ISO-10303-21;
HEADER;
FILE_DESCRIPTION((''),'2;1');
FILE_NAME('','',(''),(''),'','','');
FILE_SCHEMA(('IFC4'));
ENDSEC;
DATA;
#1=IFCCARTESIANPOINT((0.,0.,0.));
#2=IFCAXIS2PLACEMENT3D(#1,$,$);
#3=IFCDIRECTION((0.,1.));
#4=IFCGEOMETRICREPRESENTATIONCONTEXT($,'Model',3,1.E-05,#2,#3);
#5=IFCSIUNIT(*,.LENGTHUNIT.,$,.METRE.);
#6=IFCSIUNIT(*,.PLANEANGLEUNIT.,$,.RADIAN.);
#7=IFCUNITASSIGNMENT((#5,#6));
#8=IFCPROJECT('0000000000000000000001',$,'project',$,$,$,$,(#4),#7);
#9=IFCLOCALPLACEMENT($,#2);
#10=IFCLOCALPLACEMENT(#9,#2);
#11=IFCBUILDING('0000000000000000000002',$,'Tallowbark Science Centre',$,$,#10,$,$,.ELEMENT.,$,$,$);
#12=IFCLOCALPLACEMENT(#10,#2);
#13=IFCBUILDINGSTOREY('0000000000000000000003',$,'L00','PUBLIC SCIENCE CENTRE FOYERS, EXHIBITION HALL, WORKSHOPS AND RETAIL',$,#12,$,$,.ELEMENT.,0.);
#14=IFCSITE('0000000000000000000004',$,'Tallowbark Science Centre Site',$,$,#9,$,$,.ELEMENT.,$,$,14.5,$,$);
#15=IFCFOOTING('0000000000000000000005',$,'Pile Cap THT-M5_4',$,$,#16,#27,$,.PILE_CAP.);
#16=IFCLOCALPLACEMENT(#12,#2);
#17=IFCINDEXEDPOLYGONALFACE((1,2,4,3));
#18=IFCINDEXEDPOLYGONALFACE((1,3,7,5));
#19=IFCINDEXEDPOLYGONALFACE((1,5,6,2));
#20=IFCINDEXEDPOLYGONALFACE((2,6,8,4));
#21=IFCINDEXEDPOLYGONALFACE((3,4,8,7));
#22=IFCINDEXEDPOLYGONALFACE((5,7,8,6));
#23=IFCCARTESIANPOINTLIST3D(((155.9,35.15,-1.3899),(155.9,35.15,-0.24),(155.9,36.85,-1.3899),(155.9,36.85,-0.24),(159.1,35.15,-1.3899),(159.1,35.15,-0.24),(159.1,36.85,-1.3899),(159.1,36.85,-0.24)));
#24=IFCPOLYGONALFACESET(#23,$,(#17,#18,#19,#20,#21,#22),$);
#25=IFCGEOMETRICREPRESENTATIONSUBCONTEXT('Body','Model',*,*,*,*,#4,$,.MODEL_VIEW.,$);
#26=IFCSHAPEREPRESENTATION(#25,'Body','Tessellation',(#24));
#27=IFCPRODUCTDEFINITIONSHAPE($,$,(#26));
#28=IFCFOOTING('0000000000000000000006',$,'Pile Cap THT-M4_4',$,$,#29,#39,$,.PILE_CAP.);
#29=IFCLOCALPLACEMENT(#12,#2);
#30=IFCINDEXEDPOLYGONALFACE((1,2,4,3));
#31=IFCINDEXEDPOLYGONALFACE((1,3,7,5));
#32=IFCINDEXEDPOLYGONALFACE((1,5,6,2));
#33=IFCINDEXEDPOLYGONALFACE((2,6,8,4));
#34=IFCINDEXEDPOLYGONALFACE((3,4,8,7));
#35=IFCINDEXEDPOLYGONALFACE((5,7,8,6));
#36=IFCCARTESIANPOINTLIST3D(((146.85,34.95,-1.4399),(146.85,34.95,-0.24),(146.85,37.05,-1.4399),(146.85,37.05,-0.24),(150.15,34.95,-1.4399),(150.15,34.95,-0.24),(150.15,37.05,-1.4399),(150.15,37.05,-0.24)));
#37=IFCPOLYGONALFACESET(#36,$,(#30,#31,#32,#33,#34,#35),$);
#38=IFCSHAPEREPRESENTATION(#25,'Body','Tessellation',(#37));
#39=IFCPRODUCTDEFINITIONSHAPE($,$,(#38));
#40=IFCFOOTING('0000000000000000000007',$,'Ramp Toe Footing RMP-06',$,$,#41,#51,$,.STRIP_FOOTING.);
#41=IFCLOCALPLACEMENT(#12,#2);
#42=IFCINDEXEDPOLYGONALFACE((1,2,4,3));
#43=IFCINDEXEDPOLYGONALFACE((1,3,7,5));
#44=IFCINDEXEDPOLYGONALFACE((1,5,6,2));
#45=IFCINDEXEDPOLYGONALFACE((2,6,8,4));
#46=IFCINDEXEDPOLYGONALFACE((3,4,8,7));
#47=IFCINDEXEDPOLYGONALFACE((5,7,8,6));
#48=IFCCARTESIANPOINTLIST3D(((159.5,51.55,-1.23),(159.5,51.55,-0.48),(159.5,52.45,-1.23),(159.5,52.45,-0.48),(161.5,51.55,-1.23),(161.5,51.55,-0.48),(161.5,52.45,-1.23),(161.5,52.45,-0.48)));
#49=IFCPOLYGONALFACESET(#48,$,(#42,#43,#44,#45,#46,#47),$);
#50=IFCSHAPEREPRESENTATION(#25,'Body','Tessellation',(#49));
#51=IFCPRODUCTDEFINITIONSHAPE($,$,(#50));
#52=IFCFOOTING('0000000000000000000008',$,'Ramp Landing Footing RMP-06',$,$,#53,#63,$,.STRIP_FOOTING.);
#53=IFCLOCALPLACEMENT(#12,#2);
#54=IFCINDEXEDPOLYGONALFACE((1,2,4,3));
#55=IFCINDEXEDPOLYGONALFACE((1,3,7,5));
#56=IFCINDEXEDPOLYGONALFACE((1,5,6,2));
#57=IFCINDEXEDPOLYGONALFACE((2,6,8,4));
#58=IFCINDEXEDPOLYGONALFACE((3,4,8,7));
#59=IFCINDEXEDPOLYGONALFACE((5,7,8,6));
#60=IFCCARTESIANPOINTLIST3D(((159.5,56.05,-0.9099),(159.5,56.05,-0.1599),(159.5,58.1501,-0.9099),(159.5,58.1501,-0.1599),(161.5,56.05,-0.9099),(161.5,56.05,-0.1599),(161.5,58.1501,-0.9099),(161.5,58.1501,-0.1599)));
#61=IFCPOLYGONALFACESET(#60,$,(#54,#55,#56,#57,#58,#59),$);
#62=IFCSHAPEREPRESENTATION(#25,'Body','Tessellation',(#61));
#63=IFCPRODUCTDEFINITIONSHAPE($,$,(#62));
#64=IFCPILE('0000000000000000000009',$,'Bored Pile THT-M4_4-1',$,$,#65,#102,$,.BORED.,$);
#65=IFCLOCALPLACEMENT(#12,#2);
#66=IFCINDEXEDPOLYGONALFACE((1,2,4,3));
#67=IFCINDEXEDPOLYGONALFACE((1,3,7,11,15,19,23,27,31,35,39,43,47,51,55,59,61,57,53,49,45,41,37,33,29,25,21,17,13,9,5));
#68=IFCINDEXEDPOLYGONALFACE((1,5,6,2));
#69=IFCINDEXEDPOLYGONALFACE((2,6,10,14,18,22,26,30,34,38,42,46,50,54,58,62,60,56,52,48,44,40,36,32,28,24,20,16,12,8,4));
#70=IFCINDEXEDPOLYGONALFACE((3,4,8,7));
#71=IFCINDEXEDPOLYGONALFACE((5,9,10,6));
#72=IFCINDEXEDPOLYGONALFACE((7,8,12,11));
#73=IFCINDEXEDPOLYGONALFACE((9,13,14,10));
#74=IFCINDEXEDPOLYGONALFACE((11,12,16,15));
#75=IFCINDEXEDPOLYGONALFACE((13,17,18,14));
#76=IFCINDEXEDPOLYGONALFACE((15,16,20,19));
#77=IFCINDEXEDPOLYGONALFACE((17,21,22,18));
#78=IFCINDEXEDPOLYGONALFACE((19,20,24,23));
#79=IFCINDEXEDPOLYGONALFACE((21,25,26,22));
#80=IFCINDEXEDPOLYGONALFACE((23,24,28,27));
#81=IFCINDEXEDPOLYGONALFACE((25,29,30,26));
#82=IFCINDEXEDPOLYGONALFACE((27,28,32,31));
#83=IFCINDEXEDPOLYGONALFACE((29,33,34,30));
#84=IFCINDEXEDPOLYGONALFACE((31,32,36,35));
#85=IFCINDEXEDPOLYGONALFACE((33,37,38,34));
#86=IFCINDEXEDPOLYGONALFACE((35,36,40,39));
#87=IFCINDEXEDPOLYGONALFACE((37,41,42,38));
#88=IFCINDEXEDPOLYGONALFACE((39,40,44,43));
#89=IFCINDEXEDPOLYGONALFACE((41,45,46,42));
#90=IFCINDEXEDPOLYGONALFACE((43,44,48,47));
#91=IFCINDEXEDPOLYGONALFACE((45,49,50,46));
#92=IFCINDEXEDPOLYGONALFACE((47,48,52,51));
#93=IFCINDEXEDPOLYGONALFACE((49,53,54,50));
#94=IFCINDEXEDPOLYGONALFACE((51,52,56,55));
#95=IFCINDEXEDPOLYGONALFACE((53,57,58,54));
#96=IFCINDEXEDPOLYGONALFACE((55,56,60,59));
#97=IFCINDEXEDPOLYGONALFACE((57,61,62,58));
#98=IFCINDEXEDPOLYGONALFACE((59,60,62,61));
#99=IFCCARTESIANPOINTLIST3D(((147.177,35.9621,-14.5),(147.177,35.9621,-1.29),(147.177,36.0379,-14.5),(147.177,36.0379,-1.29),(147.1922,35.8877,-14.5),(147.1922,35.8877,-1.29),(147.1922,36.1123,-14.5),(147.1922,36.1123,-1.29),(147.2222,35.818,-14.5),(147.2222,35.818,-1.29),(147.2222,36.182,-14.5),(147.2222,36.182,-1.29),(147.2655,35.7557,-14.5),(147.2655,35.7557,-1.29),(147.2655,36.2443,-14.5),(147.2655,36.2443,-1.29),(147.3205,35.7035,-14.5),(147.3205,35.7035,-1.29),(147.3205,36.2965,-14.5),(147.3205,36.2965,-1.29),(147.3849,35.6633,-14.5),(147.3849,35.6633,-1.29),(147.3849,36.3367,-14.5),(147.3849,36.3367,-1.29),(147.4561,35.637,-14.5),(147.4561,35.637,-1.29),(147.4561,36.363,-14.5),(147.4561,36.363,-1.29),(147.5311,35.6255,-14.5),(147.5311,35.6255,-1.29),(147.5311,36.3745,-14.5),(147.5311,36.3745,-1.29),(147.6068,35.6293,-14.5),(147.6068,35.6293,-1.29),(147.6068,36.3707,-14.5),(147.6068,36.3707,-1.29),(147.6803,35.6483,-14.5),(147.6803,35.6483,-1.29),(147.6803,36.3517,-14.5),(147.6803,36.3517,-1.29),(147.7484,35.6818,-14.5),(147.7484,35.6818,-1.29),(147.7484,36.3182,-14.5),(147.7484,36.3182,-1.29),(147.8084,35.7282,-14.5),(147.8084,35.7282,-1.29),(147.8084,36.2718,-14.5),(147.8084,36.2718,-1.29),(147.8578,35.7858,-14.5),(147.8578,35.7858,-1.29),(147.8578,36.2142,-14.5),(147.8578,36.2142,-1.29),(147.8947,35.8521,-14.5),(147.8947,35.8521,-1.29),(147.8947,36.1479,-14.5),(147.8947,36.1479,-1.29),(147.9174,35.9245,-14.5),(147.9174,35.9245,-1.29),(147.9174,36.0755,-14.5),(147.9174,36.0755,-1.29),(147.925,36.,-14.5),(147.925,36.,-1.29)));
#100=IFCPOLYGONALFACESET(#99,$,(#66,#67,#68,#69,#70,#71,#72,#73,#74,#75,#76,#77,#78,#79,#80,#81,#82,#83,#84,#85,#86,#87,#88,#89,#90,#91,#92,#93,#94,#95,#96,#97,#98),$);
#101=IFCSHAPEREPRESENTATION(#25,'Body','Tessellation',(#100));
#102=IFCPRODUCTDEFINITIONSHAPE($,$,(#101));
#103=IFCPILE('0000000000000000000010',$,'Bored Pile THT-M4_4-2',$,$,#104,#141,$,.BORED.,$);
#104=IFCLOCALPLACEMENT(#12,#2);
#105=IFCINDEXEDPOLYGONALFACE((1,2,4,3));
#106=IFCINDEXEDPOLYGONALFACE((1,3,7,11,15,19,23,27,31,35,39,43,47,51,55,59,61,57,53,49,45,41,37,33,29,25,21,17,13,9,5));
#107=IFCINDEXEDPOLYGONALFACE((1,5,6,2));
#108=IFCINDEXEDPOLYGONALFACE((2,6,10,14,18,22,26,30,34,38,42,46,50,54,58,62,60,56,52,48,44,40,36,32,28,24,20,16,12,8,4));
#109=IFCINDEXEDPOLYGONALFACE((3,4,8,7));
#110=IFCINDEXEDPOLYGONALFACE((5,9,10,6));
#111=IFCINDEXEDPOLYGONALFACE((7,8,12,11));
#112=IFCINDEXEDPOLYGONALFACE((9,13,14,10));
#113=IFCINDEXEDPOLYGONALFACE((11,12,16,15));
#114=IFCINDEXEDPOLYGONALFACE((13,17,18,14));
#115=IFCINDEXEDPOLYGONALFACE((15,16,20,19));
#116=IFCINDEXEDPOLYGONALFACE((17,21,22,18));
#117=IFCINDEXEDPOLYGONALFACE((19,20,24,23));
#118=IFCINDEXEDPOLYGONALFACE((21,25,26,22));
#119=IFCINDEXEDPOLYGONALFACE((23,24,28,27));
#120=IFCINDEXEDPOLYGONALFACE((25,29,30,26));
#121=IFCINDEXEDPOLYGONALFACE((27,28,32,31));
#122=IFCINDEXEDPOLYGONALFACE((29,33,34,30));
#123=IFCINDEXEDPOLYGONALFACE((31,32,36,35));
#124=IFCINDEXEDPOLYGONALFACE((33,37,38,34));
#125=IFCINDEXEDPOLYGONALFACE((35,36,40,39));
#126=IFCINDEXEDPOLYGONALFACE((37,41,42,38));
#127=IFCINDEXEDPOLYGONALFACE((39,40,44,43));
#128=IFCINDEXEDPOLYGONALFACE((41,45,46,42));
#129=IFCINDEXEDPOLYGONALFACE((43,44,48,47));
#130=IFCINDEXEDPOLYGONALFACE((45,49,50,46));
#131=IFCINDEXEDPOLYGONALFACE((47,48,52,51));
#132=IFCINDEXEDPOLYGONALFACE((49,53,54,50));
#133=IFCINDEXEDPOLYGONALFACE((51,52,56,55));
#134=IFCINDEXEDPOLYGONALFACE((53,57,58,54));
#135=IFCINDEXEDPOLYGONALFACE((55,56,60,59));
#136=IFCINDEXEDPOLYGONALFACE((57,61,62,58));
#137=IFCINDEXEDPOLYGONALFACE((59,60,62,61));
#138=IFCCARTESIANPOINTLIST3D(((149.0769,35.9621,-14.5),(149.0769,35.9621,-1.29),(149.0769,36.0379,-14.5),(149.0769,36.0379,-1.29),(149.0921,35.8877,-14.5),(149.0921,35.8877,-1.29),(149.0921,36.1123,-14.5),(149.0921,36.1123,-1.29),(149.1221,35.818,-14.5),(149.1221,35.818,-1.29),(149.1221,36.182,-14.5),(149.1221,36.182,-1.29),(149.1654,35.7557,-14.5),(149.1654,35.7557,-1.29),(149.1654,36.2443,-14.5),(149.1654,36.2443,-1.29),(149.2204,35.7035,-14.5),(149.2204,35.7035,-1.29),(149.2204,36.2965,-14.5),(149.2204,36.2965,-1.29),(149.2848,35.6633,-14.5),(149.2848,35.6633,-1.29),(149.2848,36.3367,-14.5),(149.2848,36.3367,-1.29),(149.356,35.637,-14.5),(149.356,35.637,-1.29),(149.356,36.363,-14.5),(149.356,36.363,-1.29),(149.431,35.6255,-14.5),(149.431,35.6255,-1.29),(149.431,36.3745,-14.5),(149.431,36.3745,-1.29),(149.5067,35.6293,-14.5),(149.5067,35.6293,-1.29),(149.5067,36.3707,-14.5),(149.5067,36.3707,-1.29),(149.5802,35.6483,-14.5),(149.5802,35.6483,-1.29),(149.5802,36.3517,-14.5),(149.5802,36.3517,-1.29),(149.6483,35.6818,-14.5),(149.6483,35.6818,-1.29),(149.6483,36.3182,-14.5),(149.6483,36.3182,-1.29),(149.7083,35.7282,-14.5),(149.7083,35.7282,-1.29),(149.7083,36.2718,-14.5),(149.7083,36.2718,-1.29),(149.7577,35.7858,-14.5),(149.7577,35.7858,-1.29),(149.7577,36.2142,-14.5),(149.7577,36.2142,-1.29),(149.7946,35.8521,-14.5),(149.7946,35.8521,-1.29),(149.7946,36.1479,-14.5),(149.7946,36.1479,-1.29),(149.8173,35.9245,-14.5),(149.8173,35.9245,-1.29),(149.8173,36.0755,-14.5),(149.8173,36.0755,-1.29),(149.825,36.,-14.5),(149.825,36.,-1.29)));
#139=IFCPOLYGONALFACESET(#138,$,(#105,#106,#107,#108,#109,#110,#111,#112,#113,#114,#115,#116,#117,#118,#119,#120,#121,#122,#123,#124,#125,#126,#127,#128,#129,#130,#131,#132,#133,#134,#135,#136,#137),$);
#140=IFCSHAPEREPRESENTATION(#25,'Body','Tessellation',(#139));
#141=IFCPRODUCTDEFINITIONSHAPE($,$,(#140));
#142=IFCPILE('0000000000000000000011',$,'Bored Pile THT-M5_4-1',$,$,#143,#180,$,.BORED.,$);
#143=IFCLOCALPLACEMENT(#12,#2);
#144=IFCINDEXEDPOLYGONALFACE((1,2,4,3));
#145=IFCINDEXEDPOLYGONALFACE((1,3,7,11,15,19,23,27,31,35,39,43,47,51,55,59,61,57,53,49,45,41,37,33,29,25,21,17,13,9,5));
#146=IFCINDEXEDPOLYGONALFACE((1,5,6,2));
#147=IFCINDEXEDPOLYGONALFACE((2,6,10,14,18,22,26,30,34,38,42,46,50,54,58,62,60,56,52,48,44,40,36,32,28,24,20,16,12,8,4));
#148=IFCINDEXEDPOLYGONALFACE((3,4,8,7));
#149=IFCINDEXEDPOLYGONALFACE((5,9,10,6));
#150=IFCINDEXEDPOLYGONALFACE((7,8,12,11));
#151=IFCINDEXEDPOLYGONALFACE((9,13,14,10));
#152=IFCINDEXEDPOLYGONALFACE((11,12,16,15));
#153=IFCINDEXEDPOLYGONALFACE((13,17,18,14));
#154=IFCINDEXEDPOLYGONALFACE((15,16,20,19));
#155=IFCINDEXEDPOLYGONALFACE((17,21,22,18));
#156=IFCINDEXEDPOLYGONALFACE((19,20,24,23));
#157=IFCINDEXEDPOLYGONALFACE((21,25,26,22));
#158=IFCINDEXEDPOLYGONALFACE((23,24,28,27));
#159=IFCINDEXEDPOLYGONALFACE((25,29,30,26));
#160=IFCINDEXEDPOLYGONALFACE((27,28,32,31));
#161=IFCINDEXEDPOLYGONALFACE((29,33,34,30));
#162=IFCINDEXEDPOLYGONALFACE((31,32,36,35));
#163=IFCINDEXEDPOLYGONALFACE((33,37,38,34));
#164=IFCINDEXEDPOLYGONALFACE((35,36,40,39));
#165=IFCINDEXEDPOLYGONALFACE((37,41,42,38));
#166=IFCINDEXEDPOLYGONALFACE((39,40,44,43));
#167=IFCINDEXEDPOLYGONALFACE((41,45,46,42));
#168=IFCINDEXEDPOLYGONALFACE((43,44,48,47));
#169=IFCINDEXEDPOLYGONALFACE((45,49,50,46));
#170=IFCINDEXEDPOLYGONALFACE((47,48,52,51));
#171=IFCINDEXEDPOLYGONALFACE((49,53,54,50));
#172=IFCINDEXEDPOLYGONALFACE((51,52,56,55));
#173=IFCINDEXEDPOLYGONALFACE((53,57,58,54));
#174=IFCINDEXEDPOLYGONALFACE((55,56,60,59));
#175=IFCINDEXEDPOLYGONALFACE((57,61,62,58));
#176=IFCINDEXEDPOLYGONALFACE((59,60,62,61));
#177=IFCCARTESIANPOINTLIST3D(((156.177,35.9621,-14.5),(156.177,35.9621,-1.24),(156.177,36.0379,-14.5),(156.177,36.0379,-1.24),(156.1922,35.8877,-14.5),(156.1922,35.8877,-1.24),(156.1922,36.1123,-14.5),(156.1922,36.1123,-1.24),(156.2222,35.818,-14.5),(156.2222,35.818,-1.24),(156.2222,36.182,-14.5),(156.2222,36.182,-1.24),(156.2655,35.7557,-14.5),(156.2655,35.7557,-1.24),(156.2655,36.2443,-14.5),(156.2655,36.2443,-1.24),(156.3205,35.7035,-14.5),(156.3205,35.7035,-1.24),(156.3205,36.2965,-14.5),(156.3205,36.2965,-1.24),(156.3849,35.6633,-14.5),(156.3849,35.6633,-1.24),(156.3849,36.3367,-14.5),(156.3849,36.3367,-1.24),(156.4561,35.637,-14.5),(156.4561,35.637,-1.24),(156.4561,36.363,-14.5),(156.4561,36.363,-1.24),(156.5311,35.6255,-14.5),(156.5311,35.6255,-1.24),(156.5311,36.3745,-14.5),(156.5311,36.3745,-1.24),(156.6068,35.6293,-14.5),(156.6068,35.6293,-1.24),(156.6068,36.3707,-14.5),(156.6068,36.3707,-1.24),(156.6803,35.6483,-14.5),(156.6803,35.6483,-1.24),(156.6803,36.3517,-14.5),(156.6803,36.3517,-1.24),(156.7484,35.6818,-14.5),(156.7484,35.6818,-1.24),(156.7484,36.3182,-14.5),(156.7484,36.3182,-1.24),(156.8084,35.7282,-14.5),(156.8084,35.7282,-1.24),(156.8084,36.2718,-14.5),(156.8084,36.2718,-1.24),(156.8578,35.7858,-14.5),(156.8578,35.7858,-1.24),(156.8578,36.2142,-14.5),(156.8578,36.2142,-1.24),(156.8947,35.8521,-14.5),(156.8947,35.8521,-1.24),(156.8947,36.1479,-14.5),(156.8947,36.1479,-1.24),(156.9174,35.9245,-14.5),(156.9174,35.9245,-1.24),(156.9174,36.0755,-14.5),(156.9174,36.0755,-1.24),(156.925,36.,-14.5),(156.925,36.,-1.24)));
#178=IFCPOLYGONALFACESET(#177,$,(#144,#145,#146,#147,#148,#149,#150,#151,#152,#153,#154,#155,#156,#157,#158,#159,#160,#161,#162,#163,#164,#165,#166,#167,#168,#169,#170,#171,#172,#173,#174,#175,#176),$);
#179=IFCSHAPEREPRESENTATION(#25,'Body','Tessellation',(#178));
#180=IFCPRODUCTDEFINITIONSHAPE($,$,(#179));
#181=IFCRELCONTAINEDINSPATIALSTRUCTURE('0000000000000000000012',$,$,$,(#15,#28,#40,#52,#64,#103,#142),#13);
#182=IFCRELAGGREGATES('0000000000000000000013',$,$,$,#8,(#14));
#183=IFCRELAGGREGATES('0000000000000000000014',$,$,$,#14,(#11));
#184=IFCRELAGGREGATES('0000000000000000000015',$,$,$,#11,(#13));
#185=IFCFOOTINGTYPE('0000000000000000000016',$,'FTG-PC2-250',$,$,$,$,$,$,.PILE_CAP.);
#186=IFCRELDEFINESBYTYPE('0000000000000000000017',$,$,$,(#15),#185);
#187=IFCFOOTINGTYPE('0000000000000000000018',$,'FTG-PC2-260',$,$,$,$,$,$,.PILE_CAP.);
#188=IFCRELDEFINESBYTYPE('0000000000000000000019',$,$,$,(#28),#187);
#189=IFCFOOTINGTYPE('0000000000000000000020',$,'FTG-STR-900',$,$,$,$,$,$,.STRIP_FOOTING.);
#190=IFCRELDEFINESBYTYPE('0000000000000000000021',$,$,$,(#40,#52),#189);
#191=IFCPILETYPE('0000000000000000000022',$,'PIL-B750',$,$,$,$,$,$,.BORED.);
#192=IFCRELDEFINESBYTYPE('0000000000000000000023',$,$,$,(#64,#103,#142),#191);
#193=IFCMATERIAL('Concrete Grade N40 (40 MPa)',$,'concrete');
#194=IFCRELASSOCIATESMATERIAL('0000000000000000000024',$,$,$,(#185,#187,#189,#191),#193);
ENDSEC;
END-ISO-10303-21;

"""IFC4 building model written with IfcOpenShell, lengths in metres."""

from ifc_helpers import new_model, si_unit, direction, frame, origin, origin_2d, place, context, subcontext, project, spatial, rectangle, circle, extrude, material, material_profile, profile_set, type_object, element, save


model = new_model("IFC4")

# Units and contexts
model_context = context("Model", 3, precision=1e-05, world=origin(), true_north=direction((0.0, 1.0)))
body_context = subcontext(model_context, "Body", "Model", "MODEL_VIEW")
ifc_project = project(units=[si_unit("LENGTHUNIT", "METRE"), si_unit("PLANEANGLEUNIT", "RADIAN")], contexts=[model_context])

# Site, building, storey
site_placement = place(None, origin())
site = spatial("IfcSite", under=ifc_project, at=site_placement, Name="Tallowbark Science Centre Site", CompositionType="ELEMENT", RefElevation=14.5)
building_placement = place(site_placement, origin())
building = spatial("IfcBuilding", under=site, at=building_placement, Name="Tallowbark Science Centre", CompositionType="ELEMENT")
storey_placement = place(building_placement, origin())
storey = spatial("IfcBuildingStorey", under=building, at=storey_placement, Name="L00", Description="PUBLIC SCIENCE CENTRE FOYERS, EXHIBITION HALL, WORKSHOPS AND RETAIL", CompositionType="ELEMENT", Elevation=0.0)

# Footings
ifc_material_1 = material(Name="Concrete Grade N40 (40 MPa)", Category="concrete")
footing_type_1 = type_object("IfcFootingType", Name="FTG-PC2-250", PredefinedType="PILE_CAP", material=ifc_material_1)
footing_1_placement = place(storey_placement, frame((157.5, 36.0, -1.3899), z_axis=(0.0, 0.0, 1.0), x_axis=(1.0, 0.0, 0.0)))
element("IfcFooting", 1, at=footing_1_placement, inside=storey, type_object=footing_type_1, Name="Pile Cap THT-M5_4", PredefinedType="PILE_CAP", context=body_context, shape_type="SweptSolid", body=[
    extrude(rectangle(XDim=3.2, YDim=1.7, at=origin_2d()), origin(), (0.0, 0.0, 1.0), 1.1499),
])
footing_type_2 = type_object("IfcFootingType", Name="FTG-PC2-260", PredefinedType="PILE_CAP", material=ifc_material_1)
footing_2_placement = place(storey_placement, frame((148.5, 36.0, -1.4399), z_axis=(0.0, 0.0, 1.0), x_axis=(1.0, 0.0, 0.0)))
element("IfcFooting", 2, at=footing_2_placement, inside=storey, type_object=footing_type_2, Name="Pile Cap THT-M4_4", PredefinedType="PILE_CAP", context=body_context, shape_type="SweptSolid", body=[
    extrude(rectangle(XDim=3.3, YDim=2.1001, at=origin_2d()), origin(), (0.0, 0.0, 1.0), 1.2),
])
footing_type_3 = type_object("IfcFootingType", Name="FTG-STR-900", PredefinedType="STRIP_FOOTING", material=ifc_material_1)
footing_3_placement = place(storey_placement, frame((160.5, 52.0, -1.23), z_axis=(0.0, 0.0, 1.0), x_axis=(-1.0, 0.0, 0.0)))
element("IfcFooting", 3, at=footing_3_placement, inside=storey, type_object=footing_type_3, Name="Ramp Toe Footing RMP-06", PredefinedType="STRIP_FOOTING", context=body_context, shape_type="SweptSolid", body=[
    extrude(rectangle(XDim=2.0, YDim=0.8999, at=origin_2d()), origin(), (0.0, 0.0, 1.0), 0.75),
])
footing_4_placement = place(storey_placement, frame((160.5, 57.1001, -0.9099), z_axis=(0.0, 0.0, 1.0), x_axis=(0.0, 1.0, 0.0)))
element("IfcFooting", 4, at=footing_4_placement, inside=storey, type_object=footing_type_3, Name="Ramp Landing Footing RMP-06", PredefinedType="STRIP_FOOTING", context=body_context, shape_type="SweptSolid", body=[
    extrude(rectangle(XDim=2.1001, YDim=2.0, at=origin_2d()), origin(), (0.0, 0.0, 1.0), 0.75),
])

# Piles
ifc_material_profile_1 = material_profile(ifc_material_1, circle(Radius=0.375, at=origin_2d()), Name="PILE750")
ifc_profile_set_1 = profile_set([ifc_material_profile_1], Name="Concrete Grade N40 (40 MPa)")
pile_type = type_object("IfcPileType", Name="PIL-B750", PredefinedType="BORED", material=ifc_profile_set_1)
for number, where, z_axis, x_axis, name in (
    (5, (147.55, 36.0, -1.29), (0.0, 0.0, -1.0), (1.0, 0.0, 0.0), "Bored Pile THT-M4_4-1"),
    (6, (149.45, 36.0, -1.29), (0.0, 0.0, -1.0), (1.0, 0.0, 0.0), "Bored Pile THT-M4_4-2"),
):
    element("IfcPile", number, at=place(storey_placement, frame(where, z_axis=z_axis, x_axis=x_axis)), inside=storey, type_object=pile_type, Name=name, PredefinedType="BORED", context=body_context, shape_type="SweptSolid", body=[
        extrude(circle(Radius=0.375, at=origin_2d()), origin(), (0.0, 0.0, 1.0), 13.21),
    ])
for number, where, z_axis, x_axis, name in (
    (7, (156.55, 36.0, -1.24), (0.0, 0.0, -1.0), (1.0, 0.0, 0.0), "Bored Pile THT-M5_4-1"),
):
    element("IfcPile", number, at=place(storey_placement, frame(where, z_axis=z_axis, x_axis=x_axis)), inside=storey, type_object=pile_type, Name=name, PredefinedType="BORED", context=body_context, shape_type="SweptSolid", body=[
        extrude(circle(Radius=0.375, at=origin_2d()), origin(), (0.0, 0.0, 1.0), 13.26),
    ])

save(model, "model.ifc")
